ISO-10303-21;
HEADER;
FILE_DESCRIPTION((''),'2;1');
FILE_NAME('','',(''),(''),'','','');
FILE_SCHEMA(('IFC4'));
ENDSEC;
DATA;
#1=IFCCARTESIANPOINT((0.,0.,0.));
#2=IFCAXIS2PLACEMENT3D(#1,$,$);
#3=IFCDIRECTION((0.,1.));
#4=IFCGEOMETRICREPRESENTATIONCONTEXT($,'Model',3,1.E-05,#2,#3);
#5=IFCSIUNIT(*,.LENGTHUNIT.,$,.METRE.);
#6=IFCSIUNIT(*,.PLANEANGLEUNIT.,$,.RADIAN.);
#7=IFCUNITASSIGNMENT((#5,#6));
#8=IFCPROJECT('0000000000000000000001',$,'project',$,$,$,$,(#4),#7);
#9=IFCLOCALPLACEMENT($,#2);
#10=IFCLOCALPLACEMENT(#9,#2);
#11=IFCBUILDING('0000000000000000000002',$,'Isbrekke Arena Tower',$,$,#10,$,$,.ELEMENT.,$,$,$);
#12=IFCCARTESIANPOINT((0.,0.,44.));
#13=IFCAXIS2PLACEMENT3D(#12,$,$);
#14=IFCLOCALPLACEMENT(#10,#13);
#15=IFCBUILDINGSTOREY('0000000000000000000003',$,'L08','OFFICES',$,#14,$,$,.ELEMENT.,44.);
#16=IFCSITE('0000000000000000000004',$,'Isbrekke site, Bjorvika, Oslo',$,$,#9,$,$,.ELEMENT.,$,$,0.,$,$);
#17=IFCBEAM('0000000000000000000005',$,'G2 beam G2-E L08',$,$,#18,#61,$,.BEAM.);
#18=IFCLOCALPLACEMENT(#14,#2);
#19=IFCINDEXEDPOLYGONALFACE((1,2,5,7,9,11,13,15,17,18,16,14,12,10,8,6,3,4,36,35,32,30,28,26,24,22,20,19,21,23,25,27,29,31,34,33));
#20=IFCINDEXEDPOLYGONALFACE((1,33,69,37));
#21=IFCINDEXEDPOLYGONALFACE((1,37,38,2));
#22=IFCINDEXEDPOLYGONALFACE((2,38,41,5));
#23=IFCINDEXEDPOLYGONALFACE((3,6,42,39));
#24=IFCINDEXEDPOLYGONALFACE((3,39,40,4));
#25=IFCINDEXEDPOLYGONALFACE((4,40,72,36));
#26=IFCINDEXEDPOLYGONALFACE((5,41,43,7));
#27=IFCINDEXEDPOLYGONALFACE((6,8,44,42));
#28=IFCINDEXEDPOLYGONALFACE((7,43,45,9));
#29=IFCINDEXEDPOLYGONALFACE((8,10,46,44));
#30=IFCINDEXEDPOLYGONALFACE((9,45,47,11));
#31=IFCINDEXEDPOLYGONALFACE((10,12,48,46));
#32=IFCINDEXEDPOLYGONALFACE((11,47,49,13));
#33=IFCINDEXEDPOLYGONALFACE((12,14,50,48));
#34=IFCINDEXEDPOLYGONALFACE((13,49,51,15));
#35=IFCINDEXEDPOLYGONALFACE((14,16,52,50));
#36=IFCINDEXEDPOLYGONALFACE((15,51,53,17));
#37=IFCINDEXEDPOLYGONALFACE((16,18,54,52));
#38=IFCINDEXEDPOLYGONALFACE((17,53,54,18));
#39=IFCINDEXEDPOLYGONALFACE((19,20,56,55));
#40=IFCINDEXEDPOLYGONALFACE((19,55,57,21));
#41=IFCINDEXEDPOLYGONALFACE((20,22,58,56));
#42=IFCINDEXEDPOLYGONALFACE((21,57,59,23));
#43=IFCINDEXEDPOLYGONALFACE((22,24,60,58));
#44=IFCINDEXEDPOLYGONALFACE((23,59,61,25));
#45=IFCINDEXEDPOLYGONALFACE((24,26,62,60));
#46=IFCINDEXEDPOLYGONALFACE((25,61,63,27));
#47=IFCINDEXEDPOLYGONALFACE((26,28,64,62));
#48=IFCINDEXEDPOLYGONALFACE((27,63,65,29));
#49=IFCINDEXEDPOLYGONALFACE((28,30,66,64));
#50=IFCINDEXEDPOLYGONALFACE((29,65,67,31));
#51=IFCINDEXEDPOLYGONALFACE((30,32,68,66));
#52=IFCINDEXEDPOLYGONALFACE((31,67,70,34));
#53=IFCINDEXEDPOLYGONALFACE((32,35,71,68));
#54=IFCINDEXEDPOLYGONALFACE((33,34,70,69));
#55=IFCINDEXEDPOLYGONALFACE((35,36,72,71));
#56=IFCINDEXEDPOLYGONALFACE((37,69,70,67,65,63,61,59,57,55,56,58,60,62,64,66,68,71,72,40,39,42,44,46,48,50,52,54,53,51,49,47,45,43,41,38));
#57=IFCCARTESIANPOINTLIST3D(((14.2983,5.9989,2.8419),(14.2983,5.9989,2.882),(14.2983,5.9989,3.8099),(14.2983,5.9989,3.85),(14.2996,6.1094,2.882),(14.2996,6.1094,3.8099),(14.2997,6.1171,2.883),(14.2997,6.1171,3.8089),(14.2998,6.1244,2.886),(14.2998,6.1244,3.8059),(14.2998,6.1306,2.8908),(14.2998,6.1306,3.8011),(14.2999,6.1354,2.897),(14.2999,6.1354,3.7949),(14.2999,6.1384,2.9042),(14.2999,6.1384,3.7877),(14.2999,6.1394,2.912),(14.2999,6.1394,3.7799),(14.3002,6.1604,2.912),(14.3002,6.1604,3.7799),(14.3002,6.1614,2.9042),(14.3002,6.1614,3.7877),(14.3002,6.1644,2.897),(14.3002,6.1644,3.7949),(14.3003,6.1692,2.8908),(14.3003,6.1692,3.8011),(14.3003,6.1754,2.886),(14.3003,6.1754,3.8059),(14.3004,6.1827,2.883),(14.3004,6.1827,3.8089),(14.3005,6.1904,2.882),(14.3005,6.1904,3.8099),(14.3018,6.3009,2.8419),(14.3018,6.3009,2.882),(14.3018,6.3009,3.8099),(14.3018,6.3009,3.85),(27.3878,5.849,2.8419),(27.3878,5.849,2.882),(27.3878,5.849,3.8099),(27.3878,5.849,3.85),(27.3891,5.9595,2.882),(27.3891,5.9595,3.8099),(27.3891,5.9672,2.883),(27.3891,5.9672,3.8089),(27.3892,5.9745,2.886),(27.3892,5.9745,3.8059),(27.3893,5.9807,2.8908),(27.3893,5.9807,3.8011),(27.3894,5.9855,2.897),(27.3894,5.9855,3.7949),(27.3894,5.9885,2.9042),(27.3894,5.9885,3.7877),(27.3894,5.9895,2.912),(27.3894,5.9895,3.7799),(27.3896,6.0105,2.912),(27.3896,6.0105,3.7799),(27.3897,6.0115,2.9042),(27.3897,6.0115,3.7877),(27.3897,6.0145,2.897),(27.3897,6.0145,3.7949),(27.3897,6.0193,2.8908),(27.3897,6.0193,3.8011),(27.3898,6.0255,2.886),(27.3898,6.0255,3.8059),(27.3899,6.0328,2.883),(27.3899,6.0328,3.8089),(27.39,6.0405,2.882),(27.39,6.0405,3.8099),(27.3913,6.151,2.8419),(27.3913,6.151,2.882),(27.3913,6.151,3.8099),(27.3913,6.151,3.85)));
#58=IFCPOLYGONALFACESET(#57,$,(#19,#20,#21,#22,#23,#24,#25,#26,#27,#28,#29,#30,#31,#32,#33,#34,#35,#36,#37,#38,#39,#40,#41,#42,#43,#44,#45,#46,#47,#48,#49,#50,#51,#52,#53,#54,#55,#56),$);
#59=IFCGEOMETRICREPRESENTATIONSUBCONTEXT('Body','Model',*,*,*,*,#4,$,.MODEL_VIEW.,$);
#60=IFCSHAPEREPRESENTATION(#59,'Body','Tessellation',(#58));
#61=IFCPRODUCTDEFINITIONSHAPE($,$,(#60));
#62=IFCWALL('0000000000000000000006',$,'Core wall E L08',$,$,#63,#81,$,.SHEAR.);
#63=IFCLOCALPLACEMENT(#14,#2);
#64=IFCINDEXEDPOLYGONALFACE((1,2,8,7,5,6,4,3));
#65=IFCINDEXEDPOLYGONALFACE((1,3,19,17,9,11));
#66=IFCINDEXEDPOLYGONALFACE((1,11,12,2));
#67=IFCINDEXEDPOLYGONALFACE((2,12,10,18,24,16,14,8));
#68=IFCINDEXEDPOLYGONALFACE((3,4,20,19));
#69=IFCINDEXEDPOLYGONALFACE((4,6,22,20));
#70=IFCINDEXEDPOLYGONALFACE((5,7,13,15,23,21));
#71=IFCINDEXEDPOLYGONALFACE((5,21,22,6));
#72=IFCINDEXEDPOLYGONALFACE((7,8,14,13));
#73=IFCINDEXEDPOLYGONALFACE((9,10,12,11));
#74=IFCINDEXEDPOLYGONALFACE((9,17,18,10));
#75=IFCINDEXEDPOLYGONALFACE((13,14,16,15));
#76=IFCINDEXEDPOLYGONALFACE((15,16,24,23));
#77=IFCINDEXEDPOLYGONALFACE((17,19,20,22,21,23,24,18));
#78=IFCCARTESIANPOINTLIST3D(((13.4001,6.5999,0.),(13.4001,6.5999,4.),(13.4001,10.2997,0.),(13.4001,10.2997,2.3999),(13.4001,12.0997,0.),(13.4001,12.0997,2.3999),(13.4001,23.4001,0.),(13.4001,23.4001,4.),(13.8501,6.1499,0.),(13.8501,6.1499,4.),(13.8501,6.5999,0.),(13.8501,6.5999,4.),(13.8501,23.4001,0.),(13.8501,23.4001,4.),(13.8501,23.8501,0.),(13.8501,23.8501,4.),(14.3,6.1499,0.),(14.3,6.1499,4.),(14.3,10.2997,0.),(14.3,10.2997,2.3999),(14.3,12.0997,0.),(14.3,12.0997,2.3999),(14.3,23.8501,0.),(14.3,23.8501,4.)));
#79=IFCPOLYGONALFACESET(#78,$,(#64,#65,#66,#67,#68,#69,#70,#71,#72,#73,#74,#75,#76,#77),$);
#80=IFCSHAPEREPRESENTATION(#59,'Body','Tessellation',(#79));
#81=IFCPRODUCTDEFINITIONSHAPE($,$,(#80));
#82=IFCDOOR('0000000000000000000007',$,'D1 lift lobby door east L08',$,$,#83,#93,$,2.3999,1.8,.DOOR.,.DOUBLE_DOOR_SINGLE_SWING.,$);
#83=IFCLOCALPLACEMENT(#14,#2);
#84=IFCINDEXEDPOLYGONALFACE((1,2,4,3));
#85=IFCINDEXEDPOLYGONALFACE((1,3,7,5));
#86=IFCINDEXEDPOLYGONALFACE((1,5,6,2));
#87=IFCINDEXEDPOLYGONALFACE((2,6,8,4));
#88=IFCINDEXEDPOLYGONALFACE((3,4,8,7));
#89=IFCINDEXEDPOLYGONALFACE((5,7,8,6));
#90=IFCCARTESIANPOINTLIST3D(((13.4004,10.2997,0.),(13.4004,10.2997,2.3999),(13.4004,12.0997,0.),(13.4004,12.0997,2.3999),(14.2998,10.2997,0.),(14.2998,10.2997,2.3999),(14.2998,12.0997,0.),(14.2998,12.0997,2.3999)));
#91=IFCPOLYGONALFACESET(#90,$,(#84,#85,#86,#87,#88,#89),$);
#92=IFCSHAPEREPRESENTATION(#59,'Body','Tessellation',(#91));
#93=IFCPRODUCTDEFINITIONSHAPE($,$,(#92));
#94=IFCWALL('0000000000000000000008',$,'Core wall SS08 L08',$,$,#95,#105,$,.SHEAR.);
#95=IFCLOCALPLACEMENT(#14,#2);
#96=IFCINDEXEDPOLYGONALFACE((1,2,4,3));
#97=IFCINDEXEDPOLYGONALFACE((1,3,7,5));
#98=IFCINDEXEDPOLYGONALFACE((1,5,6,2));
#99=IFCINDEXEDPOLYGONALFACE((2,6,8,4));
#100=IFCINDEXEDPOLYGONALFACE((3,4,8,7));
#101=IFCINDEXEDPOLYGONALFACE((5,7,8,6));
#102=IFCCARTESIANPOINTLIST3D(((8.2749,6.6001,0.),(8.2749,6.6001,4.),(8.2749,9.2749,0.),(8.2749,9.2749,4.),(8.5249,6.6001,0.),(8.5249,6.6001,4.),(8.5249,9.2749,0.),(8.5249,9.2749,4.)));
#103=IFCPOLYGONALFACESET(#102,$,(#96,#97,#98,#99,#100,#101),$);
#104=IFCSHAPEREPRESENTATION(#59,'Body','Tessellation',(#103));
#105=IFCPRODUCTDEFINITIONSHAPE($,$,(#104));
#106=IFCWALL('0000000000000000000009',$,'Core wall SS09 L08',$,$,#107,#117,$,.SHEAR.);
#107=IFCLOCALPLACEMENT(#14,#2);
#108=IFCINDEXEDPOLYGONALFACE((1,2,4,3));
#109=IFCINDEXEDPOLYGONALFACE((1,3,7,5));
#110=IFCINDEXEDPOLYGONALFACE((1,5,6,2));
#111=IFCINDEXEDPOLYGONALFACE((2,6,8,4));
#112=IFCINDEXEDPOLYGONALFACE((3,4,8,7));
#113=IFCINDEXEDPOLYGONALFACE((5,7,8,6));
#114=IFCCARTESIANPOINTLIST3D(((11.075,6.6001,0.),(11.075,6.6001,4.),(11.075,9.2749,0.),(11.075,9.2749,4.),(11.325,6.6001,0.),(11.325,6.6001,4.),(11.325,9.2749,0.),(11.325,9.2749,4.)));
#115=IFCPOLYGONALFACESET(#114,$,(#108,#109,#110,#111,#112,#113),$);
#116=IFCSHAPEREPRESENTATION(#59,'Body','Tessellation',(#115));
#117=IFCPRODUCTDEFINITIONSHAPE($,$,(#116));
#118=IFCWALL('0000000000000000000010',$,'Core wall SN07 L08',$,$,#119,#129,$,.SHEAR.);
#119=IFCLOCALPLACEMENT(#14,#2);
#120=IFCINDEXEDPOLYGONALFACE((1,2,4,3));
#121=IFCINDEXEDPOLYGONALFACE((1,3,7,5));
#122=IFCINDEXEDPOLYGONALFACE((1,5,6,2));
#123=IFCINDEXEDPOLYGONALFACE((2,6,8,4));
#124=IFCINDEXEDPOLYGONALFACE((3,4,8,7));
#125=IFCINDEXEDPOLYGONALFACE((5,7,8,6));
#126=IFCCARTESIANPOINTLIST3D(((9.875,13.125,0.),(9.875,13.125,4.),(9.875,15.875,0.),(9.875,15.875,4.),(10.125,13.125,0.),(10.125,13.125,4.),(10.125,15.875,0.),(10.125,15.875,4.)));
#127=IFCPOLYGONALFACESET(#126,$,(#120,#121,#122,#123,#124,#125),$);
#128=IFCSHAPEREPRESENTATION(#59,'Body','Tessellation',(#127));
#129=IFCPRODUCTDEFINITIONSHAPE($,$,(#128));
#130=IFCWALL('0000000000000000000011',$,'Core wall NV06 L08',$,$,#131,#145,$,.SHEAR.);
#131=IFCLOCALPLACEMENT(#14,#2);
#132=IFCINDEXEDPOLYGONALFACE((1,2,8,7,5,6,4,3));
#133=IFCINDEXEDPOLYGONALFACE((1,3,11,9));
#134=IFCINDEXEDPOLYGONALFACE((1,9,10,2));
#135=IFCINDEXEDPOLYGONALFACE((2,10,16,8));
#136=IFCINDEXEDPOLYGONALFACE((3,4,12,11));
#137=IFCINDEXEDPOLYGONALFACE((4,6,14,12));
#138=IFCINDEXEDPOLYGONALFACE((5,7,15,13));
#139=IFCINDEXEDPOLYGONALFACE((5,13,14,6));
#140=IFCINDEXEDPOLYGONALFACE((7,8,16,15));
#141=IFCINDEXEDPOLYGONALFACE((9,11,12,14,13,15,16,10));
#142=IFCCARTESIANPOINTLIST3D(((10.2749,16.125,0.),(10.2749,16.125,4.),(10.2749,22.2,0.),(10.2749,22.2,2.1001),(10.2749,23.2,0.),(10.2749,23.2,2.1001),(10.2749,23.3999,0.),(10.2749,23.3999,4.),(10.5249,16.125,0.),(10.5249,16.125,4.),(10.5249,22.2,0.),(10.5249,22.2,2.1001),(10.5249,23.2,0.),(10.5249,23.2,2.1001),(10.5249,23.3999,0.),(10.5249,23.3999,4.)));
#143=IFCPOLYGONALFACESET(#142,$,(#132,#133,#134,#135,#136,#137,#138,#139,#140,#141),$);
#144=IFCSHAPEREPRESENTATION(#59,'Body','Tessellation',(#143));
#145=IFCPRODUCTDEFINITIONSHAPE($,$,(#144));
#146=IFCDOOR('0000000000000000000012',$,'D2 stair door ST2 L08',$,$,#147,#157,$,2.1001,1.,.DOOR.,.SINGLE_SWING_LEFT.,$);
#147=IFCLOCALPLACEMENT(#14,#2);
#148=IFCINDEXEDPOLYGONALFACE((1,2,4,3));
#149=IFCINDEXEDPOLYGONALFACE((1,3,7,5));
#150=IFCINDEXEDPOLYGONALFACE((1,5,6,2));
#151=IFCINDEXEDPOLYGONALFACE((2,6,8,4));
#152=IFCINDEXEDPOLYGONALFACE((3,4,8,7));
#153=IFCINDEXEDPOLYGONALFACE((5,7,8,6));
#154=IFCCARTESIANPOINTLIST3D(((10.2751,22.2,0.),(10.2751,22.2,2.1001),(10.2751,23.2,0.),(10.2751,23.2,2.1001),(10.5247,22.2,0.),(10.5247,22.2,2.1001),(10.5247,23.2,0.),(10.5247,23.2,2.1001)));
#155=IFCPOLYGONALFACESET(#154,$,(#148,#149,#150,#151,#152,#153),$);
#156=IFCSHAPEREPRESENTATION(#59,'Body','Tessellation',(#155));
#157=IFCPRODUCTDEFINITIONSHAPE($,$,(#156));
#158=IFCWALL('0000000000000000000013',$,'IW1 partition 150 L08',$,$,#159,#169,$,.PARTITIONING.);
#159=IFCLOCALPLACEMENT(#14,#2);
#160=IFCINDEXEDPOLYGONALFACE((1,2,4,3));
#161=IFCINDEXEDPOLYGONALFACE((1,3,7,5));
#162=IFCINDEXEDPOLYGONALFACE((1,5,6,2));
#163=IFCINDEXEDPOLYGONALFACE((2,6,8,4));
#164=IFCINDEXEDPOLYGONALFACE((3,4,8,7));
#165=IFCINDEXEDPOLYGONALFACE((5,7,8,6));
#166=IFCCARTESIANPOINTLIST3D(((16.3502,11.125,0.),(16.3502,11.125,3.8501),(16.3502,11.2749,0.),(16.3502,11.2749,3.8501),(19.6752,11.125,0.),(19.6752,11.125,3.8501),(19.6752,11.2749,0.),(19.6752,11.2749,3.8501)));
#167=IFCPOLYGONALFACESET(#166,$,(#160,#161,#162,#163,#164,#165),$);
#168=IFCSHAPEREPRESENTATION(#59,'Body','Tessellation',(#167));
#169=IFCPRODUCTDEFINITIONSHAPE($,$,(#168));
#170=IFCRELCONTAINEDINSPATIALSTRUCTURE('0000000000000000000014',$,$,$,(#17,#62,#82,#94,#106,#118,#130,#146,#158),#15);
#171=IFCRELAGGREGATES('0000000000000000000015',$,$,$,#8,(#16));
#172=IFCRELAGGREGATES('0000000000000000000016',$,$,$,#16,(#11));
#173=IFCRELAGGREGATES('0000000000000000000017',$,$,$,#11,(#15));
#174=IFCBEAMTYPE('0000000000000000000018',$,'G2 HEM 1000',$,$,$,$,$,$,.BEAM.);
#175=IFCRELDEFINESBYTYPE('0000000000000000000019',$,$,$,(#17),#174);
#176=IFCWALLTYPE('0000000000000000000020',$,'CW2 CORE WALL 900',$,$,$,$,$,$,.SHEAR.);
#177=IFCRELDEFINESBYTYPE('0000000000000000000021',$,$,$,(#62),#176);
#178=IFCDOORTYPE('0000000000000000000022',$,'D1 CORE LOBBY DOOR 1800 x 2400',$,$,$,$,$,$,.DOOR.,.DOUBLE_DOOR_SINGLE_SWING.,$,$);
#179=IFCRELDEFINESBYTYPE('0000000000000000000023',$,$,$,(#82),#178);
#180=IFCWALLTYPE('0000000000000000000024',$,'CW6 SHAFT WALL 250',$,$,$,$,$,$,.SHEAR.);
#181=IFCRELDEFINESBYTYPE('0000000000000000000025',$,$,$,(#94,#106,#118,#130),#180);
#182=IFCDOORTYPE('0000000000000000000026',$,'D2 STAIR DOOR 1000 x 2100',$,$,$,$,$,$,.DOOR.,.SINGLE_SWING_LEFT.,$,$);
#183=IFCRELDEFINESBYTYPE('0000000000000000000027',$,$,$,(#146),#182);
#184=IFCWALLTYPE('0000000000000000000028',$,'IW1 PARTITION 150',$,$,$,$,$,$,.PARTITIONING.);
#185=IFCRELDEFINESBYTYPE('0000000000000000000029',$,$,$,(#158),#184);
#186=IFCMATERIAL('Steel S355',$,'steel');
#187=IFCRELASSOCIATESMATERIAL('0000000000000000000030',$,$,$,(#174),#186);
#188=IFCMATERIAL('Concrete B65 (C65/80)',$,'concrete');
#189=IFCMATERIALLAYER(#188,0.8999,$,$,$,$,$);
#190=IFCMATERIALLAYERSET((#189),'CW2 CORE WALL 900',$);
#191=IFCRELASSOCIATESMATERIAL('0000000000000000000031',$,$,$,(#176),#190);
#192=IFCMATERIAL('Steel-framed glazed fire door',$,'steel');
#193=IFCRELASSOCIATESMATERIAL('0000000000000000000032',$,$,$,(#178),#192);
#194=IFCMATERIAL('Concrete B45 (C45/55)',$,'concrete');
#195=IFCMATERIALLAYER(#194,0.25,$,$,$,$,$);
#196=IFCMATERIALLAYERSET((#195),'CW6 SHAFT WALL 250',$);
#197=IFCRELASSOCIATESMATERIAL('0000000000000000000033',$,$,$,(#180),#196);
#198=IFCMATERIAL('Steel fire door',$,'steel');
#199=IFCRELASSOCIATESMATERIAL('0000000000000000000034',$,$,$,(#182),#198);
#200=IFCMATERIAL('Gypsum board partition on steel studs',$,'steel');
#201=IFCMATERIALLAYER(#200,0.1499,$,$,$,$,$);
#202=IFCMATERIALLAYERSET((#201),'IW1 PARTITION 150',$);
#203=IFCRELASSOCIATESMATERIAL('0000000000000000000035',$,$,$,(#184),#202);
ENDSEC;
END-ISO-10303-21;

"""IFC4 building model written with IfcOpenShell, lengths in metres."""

from ifc_helpers import new_model, si_unit, direction, frame, frame_2d, origin, origin_2d, place, context, subcontext, project, spatial, polyline, rectangle, i_section, outline, extrude, material, layer, layer_set, material_profile, profile_set, type_object, element, fill, save


model = new_model("IFC4")

# Units and contexts
model_context = context("Model", 3, precision=1e-05, world=origin(), true_north=direction((0.0, 1.0)))
body_context = subcontext(model_context, "Body", "Model", "MODEL_VIEW")
ifc_project = project(units=[si_unit("LENGTHUNIT", "METRE"), si_unit("PLANEANGLEUNIT", "RADIAN")], contexts=[model_context])

# Site, building, storey
site_placement = place(None, origin())
site = spatial("IfcSite", under=ifc_project, at=site_placement, Name="Isbrekke site, Bjorvika, Oslo", CompositionType="ELEMENT", RefElevation=0.0)
building_placement = place(site_placement, origin())
building = spatial("IfcBuilding", under=site, at=building_placement, Name="Isbrekke Arena Tower", CompositionType="ELEMENT")
storey_placement = place(building_placement, frame((0.0, 0.0, 44.0)))
storey = spatial("IfcBuildingStorey", under=building, at=storey_placement, Name="L08", Description="OFFICES", CompositionType="ELEMENT", Elevation=44.0)

# Beam
ifc_material_1 = material(Name="Steel S355", Category="steel")
ifc_material_profile = material_profile(ifc_material_1, i_section(OverallWidth=0.302, OverallDepth=1.0081, WebThickness=0.021, FlangeThickness=0.04, FilletRadius=0.03, at=origin_2d()), Name="HEM 1000")
ifc_profile_set = profile_set([ifc_material_profile], Name="Steel S355")
beam_type = type_object("IfcBeamType", Name="G2 HEM 1000", PredefinedType="BEAM", material=ifc_profile_set)
beam_placement = place(storey_placement, frame((14.3, 6.1499, 3.3459), z_axis=(0.999934, -0.011451, 0.0), x_axis=(0.011451, 0.999934, 0.0)))
element("IfcBeam", 1, at=beam_placement, inside=storey, type_object=beam_type, Name="G2 beam G2-E L08", PredefinedType="BEAM", context=body_context, shape_type="SweptSolid", body=[
    extrude(i_section(OverallWidth=0.302, OverallDepth=1.0081, WebThickness=0.021, FlangeThickness=0.04, FilletRadius=0.03, at=origin_2d()), origin(), (0.0, 0.0, 1.0), 13.0903),
])

# Wall, opening, door
ifc_material_2 = material(Name="Concrete B65 (C65/80)", Category="concrete")
ifc_layer_1 = layer(ifc_material_2, 0.8999)
ifc_layer_set_1 = layer_set([ifc_layer_1], Name="CW2 CORE WALL 900")
wall_type_1 = type_object("IfcWallType", Name="CW2 CORE WALL 900", PredefinedType="SHEAR", material=ifc_layer_set_1)
wall_1_placement = place(storey_placement, frame((13.8501, 6.1499, 0.0), z_axis=(0.0, 0.0, 1.0), x_axis=(0.0, 1.0, 0.0)))
wall_1 = element("IfcWall", 2, at=wall_1_placement, inside=storey, type_object=wall_type_1, Name="Core wall E L08", PredefinedType="SHEAR", context=body_context, shape_type="SweptSolid", body=[
    extrude(outline(polyline([(0.0, -0.45), (17.7002, -0.45), (17.7002, 0.0), (17.2502, 0.0), (17.2502, 0.45), (0.45, 0.45), (0.45, 0.0), (0.0, 0.0), (0.0, -0.45)])), origin(), (0.0, 0.0, 1.0), 4.0),
])
opening_1_placement = place(wall_1_placement, frame((4.1499, 0.0, 0.0)))
opening_1 = element("IfcOpeningElement", 3, at=opening_1_placement, cuts=wall_1, PredefinedType="OPENING", context=body_context, shape_type="SweptSolid", body=[
    extrude(rectangle(XDim=1.8, YDim=2.3999, at=frame_2d((0.8999, 1.2))), frame((0.0, 0.4648, 0.0), z_axis=(0.0, -1.0, 0.0), x_axis=(1.0, 0.0, 0.0)), (0.0, 0.0, 1.0), 0.9297),
])
ifc_material_3 = material(Name="Steel-framed glazed fire door", Category="steel")
door_type_1 = type_object("IfcDoorType", Name="D1 CORE LOBBY DOOR 1800 x 2400", OperationType="DOUBLE_DOOR_SINGLE_SWING", PredefinedType="DOOR", material=ifc_material_3)
door_1_placement = place(opening_1_placement, origin())
door_1 = element("IfcDoor", 4, at=door_1_placement, inside=storey, type_object=door_type_1, Name="D1 lift lobby door east L08", OperationType="DOUBLE_DOOR_SINGLE_SWING", OverallHeight=2.3999, OverallWidth=1.8, PredefinedType="DOOR", context=body_context, shape_type="SweptSolid", body=[
    extrude(rectangle(XDim=1.8, YDim=2.3999, at=frame_2d((0.8999, 1.2))), frame((0.0, 0.4497, 0.0), z_axis=(0.0, -1.0, 0.0), x_axis=(1.0, 0.0, 0.0)), (0.0, 0.0, 1.0), 0.8994),
])
fill(opening_1, door_1)

# Walls
ifc_material_4 = material(Name="Concrete B45 (C45/55)", Category="concrete")
ifc_layer_2 = layer(ifc_material_4, 0.25)
ifc_layer_set_2 = layer_set([ifc_layer_2], Name="CW6 SHAFT WALL 250")
wall_type_2 = type_object("IfcWallType", Name="CW6 SHAFT WALL 250", PredefinedType="SHEAR", material=ifc_layer_set_2)
for number, where, z_axis, x_axis, name in (
    (5, (8.3999, 6.6001, 0.0), (0.0, 0.0, 1.0), (0.0, 1.0, 0.0), "Core wall SS08 L08"),
    (6, (11.2, 6.6001, 0.0), (0.0, 0.0, 1.0), (0.0, 1.0, 0.0), "Core wall SS09 L08"),
):
    element("IfcWall", number, at=place(storey_placement, frame(where, z_axis=z_axis, x_axis=x_axis)), inside=storey, type_object=wall_type_2, Name=name, PredefinedType="SHEAR", context=body_context, shape_type="SweptSolid", body=[
        extrude(rectangle(XDim=2.6748, YDim=0.25, at=frame_2d((1.3374, 0.0))), origin(), (0.0, 0.0, 1.0), 4.0),
    ])
wall_2_placement = place(storey_placement, frame((10.0, 13.125, 0.0), z_axis=(0.0, 0.0, 1.0), x_axis=(0.0, 1.0, 0.0)))
element("IfcWall", 7, at=wall_2_placement, inside=storey, type_object=wall_type_2, Name="Core wall SN07 L08", PredefinedType="SHEAR", context=body_context, shape_type="SweptSolid", body=[
    extrude(rectangle(XDim=2.75, YDim=0.25, at=frame_2d((1.375, 0.0))), origin(), (0.0, 0.0, 1.0), 4.0),
])

# Wall, opening, door
wall_3_placement = place(storey_placement, frame((10.3999, 16.125, 0.0), z_axis=(0.0, 0.0, 1.0), x_axis=(0.0, 1.0, 0.0)))
wall_3 = element("IfcWall", 8, at=wall_3_placement, inside=storey, type_object=wall_type_2, Name="Core wall NV06 L08", PredefinedType="SHEAR", context=body_context, shape_type="SweptSolid", body=[
    extrude(rectangle(XDim=7.2749, YDim=0.25, at=frame_2d((3.6375, 0.0))), origin(), (0.0, 0.0, 1.0), 4.0),
])
opening_2_placement = place(wall_3_placement, frame((6.075, 0.0, 0.0)))
opening_2 = element("IfcOpeningElement", 9, at=opening_2_placement, cuts=wall_3, PredefinedType="OPENING", context=body_context, shape_type="SweptSolid", body=[
    extrude(rectangle(XDim=1.0, YDim=2.1001, at=frame_2d((0.5, 1.05))), frame((0.0, 0.1399, 0.0), z_axis=(0.0, -1.0, 0.0), x_axis=(1.0, 0.0, 0.0)), (0.0, 0.0, 1.0), 0.2798),
])
ifc_material_5 = material(Name="Steel fire door", Category="steel")
door_type_2 = type_object("IfcDoorType", Name="D2 STAIR DOOR 1000 x 2100", OperationType="SINGLE_SWING_LEFT", PredefinedType="DOOR", material=ifc_material_5)
door_2_placement = place(opening_2_placement, origin())
door_2 = element("IfcDoor", 10, at=door_2_placement, inside=storey, type_object=door_type_2, Name="D2 stair door ST2 L08", OperationType="SINGLE_SWING_LEFT", OverallHeight=2.1001, OverallWidth=1.0, PredefinedType="DOOR", context=body_context, shape_type="SweptSolid", body=[
    extrude(rectangle(XDim=1.0, YDim=2.1001, at=frame_2d((0.5, 1.05))), frame((0.0, 0.1248, 0.0), z_axis=(0.0, -1.0, 0.0), x_axis=(1.0, 0.0, 0.0)), (0.0, 0.0, 1.0), 0.2495),
])
fill(opening_2, door_2)

# Wall
ifc_material_6 = material(Name="Gypsum board partition on steel studs", Category="steel")
ifc_layer_3 = layer(ifc_material_6, 0.1499)
ifc_layer_set_3 = layer_set([ifc_layer_3], Name="IW1 PARTITION 150")
wall_type_3 = type_object("IfcWallType", Name="IW1 PARTITION 150", PredefinedType="PARTITIONING", material=ifc_layer_set_3)
wall_4_placement = place(storey_placement, frame((16.3501, 11.2, 0.0), z_axis=(0.0, 0.0, 1.0), x_axis=(1.0, 0.0, 0.0)))
element("IfcWall", 11, at=wall_4_placement, inside=storey, type_object=wall_type_3, Name="IW1 partition 150 L08", PredefinedType="PARTITIONING", context=body_context, shape_type="SweptSolid", body=[
    extrude(rectangle(XDim=3.325, YDim=0.1499, at=frame_2d((1.6626, 0.0))), origin(), (0.0, 0.0, 1.0), 3.8501),
])

save(model, "model.ifc")
